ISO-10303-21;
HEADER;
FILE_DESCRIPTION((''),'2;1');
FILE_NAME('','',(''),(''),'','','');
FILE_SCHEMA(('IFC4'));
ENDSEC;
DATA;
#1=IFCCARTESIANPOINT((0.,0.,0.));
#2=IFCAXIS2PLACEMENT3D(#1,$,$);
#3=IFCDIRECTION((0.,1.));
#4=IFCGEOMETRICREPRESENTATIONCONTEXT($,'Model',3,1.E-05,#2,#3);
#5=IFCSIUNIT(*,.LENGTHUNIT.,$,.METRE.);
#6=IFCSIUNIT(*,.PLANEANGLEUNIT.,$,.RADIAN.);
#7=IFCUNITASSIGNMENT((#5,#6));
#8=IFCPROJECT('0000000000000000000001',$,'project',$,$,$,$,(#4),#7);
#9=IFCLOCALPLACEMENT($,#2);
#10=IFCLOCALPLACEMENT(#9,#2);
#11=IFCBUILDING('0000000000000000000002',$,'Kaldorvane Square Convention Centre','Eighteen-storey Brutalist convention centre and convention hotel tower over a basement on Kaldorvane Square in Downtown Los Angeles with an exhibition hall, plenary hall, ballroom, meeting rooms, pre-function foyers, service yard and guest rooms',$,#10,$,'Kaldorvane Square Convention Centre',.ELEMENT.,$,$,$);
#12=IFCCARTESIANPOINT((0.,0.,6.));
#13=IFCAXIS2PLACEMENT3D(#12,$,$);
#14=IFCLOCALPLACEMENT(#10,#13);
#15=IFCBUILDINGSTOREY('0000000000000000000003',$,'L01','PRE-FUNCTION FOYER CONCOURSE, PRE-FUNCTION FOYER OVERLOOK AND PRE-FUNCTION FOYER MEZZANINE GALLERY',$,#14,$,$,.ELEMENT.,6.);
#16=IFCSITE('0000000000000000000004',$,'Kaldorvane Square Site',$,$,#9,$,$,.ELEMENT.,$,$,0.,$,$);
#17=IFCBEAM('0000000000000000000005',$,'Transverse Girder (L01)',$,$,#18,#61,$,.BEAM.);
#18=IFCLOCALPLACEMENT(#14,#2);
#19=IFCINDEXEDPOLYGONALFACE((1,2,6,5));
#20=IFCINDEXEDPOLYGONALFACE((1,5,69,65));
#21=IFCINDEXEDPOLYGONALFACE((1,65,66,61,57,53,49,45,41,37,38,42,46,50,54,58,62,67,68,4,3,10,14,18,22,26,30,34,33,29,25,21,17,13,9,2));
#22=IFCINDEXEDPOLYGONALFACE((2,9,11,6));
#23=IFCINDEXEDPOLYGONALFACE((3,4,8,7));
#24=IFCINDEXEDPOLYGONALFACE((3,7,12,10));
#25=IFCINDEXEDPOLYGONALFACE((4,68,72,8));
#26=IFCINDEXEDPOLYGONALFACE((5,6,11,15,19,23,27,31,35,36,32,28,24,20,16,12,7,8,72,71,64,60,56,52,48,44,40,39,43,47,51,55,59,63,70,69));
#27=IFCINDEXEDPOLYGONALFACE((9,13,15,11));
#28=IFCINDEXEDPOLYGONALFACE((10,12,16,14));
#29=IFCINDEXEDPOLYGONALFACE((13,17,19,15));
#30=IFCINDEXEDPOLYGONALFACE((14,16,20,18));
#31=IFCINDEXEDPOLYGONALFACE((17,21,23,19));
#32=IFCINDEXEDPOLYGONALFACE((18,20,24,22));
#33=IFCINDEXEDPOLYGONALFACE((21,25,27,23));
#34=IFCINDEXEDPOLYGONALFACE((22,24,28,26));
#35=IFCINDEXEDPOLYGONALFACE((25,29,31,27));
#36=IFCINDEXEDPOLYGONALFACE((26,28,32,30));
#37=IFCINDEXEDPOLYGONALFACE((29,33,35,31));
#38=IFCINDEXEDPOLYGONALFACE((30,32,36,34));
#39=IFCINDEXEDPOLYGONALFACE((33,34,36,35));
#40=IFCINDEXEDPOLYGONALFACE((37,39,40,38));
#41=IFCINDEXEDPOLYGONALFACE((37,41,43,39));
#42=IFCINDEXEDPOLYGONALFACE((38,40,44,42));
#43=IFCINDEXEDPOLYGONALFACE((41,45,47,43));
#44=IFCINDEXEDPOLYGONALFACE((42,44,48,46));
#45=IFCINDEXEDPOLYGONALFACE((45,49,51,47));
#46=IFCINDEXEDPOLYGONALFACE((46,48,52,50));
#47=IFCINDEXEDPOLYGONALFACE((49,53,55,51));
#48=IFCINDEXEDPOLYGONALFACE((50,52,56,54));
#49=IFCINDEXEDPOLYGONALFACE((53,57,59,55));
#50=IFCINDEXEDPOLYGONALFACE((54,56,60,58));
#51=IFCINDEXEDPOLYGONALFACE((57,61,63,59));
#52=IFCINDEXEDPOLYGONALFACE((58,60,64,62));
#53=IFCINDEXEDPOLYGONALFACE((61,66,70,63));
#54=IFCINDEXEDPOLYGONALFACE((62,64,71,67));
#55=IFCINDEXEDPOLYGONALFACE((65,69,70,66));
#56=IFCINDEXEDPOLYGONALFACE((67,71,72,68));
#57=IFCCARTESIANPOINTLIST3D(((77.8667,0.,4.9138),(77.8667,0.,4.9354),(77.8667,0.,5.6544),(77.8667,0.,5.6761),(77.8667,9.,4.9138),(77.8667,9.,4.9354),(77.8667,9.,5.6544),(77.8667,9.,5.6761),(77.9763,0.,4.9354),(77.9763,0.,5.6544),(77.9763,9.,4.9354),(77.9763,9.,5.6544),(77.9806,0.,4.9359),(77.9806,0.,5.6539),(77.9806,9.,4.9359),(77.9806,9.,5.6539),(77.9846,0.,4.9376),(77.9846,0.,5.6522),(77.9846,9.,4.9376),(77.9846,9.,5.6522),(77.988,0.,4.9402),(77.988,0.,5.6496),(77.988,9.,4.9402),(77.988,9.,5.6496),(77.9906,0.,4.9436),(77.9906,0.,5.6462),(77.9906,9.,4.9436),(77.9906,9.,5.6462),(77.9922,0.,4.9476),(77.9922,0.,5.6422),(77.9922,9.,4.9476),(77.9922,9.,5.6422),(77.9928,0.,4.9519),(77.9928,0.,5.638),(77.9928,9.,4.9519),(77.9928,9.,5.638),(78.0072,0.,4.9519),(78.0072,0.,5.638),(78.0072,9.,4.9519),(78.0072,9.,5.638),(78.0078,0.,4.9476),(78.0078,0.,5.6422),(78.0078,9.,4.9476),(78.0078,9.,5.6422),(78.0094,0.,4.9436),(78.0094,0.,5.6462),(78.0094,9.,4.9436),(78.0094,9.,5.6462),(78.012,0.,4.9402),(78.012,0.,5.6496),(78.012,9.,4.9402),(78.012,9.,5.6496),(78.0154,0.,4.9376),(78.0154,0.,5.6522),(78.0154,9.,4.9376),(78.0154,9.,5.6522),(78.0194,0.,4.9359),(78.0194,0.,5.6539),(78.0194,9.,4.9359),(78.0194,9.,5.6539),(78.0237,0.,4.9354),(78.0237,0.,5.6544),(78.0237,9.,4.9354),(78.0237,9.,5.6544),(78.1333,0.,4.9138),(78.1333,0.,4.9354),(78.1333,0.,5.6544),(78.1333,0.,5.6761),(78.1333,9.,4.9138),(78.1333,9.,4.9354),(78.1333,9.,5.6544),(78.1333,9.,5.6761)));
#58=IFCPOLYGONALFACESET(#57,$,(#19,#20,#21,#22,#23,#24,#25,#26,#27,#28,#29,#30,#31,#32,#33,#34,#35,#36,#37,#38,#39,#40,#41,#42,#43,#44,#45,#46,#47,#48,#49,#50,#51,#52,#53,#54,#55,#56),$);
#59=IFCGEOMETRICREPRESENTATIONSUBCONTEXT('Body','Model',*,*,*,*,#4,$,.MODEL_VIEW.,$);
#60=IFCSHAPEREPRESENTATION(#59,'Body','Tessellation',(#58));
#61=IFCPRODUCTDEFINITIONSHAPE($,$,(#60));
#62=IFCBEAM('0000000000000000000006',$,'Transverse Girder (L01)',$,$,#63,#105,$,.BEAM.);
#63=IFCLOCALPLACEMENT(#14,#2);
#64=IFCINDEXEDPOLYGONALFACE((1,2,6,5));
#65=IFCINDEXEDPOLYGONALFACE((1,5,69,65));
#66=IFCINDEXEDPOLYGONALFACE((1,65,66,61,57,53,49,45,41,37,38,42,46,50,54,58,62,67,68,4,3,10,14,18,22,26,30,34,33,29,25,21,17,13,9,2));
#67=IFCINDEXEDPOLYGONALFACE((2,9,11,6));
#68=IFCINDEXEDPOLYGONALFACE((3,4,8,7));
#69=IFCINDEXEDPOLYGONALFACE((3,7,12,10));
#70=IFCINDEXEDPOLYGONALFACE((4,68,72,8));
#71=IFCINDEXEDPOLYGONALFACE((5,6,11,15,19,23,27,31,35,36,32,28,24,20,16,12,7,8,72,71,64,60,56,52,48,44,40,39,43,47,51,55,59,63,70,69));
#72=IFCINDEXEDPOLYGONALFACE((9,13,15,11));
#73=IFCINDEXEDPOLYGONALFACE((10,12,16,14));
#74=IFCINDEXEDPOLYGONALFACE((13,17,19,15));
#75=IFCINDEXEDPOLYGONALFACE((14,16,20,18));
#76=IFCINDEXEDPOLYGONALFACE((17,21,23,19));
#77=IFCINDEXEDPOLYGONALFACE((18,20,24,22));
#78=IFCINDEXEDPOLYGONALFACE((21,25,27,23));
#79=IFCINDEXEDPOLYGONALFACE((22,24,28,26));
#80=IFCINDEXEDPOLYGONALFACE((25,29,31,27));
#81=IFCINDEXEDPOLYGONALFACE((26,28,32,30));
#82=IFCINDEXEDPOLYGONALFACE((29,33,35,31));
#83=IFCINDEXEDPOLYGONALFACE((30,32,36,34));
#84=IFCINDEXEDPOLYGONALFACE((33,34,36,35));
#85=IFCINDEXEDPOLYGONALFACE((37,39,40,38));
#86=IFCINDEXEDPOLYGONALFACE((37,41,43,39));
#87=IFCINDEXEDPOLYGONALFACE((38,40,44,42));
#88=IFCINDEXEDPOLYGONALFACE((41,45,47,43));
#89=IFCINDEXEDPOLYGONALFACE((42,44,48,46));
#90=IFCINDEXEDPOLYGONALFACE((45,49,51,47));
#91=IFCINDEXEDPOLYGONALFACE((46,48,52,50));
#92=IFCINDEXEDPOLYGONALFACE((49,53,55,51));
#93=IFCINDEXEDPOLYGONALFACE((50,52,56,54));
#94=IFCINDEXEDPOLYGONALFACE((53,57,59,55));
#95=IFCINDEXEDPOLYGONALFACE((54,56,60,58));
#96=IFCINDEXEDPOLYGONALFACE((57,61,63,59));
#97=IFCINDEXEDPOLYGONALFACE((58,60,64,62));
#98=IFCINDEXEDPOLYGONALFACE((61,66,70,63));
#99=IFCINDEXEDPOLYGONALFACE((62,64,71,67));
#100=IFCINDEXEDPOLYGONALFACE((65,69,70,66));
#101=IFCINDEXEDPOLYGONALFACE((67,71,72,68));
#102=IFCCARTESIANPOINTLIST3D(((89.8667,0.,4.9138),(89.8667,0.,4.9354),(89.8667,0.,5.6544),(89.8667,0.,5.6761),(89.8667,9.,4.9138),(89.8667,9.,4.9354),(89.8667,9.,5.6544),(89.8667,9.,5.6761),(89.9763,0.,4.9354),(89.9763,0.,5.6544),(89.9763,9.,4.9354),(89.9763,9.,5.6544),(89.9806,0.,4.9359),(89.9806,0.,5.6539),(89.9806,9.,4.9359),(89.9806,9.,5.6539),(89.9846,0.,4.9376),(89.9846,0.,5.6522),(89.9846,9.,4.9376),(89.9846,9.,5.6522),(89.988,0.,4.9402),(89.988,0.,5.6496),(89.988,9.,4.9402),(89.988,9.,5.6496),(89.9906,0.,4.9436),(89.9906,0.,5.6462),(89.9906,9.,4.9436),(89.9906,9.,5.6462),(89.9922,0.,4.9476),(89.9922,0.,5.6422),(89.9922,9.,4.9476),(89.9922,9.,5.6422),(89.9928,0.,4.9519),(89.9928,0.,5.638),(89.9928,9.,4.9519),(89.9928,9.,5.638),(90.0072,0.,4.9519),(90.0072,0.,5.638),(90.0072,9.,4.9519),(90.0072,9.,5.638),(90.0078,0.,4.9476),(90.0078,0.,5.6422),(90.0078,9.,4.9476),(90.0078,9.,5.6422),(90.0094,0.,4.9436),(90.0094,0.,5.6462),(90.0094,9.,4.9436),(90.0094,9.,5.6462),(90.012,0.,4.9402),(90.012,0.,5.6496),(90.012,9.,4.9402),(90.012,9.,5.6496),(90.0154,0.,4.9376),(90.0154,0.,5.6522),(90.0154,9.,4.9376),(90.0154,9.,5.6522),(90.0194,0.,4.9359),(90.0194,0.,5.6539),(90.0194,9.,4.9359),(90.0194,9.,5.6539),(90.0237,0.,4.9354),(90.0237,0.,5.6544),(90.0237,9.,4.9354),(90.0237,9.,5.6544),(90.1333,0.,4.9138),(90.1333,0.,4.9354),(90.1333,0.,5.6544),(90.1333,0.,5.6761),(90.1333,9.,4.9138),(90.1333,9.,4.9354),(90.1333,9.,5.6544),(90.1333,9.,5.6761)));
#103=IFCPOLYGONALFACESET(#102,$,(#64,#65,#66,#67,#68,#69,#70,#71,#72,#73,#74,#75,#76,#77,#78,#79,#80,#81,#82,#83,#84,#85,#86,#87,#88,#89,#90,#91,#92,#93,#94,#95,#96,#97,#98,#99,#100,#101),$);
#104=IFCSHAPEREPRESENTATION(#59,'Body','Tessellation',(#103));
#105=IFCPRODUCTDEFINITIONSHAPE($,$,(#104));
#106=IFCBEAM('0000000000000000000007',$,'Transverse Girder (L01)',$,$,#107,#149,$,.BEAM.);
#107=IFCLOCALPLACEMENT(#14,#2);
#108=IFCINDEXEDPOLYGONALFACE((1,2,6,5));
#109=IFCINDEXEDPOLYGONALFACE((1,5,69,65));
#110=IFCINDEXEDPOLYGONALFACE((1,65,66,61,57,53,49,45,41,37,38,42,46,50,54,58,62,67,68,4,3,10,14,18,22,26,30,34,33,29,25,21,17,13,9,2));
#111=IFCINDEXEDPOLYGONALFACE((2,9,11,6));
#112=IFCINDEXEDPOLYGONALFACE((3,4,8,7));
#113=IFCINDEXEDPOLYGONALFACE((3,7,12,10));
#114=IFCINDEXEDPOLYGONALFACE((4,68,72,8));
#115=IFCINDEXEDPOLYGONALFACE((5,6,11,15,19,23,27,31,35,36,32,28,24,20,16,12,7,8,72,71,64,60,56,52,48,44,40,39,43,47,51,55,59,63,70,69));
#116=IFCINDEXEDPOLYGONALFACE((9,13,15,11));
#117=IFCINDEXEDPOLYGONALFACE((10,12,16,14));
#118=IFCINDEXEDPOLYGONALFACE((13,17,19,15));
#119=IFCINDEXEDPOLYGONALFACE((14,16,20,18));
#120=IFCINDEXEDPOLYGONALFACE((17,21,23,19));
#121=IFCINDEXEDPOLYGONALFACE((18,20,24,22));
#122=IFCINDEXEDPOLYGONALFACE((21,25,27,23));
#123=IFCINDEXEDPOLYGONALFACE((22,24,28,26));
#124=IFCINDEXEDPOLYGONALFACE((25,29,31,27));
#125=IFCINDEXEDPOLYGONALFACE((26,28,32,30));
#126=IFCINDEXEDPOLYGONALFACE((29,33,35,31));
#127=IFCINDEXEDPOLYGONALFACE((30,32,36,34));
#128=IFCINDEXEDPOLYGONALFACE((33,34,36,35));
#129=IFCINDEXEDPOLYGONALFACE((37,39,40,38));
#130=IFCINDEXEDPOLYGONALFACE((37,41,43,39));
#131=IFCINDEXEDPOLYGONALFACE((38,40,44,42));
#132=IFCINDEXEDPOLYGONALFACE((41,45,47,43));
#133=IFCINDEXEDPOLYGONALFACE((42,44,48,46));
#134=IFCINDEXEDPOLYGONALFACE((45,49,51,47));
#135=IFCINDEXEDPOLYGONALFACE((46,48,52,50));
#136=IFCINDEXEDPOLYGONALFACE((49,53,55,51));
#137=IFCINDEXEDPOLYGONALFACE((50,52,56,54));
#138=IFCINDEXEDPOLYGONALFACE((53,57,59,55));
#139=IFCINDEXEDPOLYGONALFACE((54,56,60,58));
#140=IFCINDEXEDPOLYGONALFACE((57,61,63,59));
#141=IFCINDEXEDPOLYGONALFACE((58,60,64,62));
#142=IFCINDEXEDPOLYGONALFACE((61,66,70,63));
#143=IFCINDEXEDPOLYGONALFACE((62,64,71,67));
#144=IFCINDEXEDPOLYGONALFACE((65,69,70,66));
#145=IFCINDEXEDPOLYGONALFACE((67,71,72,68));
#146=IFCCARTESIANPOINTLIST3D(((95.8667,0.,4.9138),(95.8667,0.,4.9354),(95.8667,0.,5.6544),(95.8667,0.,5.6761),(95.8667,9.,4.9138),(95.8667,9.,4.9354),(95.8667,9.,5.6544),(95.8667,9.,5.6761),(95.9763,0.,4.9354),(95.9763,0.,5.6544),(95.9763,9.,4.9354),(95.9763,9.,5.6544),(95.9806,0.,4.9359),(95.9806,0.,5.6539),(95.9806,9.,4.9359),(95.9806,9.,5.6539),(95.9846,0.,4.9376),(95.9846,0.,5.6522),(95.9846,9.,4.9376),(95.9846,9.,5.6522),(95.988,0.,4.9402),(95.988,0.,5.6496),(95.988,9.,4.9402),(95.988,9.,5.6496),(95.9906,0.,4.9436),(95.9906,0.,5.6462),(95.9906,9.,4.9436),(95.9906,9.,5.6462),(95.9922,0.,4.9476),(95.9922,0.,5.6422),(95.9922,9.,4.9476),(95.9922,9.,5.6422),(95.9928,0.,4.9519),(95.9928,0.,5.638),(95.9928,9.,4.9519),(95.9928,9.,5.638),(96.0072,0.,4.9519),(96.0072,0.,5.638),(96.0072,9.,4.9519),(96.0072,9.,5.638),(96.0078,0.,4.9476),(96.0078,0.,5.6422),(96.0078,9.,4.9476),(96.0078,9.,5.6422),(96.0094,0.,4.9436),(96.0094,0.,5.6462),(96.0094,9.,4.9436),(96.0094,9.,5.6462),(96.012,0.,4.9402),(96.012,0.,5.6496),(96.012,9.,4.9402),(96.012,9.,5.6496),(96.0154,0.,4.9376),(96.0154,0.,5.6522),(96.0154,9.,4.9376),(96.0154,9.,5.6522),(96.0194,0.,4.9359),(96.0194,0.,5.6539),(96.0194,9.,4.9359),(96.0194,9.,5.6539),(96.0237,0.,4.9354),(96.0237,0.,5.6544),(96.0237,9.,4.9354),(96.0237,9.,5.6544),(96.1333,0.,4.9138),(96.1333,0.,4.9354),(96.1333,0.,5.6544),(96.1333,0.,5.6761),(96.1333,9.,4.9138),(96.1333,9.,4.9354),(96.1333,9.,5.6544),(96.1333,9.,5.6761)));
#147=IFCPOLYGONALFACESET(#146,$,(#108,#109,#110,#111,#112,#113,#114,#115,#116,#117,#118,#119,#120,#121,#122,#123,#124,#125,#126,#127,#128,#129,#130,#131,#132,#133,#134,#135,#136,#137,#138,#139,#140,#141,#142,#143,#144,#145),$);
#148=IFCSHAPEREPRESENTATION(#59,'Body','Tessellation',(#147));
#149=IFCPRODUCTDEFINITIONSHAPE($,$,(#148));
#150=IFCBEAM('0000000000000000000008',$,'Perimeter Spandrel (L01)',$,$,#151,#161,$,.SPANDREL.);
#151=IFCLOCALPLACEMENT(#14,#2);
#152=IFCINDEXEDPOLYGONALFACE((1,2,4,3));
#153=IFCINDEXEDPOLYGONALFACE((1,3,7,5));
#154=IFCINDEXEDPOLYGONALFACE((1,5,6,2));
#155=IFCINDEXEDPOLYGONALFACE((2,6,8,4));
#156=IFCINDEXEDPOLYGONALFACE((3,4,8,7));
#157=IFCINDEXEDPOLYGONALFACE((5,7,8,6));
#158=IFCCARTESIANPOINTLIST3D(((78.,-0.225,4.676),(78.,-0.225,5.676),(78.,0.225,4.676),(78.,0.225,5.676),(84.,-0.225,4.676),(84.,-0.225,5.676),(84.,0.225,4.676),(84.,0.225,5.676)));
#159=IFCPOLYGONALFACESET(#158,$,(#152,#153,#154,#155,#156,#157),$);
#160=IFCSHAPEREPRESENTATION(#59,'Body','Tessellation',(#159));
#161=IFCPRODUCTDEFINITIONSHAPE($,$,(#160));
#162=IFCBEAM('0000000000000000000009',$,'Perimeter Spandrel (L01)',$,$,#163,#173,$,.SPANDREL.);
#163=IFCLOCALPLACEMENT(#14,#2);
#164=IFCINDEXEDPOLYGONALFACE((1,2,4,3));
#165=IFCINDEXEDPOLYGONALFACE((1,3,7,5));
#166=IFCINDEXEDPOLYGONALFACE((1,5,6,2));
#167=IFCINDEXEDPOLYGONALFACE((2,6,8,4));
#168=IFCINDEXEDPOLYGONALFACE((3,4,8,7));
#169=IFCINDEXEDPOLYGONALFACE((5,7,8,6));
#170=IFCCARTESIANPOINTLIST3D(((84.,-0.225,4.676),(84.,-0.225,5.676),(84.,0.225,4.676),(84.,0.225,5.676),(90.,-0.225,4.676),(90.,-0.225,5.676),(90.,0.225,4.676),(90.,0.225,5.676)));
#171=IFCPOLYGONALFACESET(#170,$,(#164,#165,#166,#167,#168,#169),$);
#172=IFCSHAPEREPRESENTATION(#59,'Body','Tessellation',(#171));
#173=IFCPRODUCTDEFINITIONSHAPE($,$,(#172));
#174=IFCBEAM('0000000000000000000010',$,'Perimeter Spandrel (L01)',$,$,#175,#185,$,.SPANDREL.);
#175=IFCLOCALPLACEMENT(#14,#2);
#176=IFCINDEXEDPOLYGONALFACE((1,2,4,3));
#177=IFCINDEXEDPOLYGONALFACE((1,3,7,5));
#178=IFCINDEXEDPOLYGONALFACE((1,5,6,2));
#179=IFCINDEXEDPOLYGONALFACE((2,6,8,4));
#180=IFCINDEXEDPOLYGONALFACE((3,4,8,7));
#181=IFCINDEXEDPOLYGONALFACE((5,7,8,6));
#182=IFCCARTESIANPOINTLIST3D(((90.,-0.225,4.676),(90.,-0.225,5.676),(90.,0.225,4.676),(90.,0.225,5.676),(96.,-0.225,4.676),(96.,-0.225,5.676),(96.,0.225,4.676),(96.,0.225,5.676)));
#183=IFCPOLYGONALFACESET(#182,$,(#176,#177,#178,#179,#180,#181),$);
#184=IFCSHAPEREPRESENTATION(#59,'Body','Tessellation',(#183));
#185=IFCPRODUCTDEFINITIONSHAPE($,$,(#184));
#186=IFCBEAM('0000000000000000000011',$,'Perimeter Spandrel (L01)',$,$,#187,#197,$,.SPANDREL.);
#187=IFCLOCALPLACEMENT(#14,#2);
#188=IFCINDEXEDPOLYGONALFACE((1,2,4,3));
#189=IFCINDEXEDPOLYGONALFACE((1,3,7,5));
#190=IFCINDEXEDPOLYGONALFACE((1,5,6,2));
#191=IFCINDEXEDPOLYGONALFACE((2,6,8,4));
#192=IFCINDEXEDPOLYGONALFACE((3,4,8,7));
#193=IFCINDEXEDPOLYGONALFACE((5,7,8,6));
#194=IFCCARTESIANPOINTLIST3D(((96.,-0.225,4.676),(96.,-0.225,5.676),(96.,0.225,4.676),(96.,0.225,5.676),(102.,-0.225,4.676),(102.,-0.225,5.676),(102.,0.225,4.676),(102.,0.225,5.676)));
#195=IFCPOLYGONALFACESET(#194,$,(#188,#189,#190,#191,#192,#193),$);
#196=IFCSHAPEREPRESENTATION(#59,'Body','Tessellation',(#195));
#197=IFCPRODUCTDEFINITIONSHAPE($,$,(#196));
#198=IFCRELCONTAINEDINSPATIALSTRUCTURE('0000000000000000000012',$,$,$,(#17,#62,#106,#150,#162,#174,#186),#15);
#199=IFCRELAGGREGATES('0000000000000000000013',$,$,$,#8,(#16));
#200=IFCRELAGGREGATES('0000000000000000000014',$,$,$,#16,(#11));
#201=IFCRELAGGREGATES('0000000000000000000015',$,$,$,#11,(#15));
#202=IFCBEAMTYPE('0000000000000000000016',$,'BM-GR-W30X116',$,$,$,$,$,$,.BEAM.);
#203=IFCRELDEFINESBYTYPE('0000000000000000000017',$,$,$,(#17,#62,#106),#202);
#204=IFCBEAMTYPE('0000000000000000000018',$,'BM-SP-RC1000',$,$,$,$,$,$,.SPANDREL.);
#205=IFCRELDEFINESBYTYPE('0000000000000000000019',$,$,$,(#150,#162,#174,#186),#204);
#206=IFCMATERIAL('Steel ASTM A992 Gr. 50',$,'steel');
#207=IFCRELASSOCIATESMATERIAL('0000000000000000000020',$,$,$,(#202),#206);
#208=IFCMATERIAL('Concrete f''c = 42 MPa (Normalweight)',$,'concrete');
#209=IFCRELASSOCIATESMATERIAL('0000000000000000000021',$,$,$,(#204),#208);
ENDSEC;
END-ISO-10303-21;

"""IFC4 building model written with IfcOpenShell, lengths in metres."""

from ifc_helpers import new_model, si_unit, direction, frame, origin, origin_2d, place, context, subcontext, project, spatial, rectangle, i_section, extrude, material, material_profile, profile_set, type_object, element, save


model = new_model("IFC4")

# Units and contexts
model_context = context("Model", 3, precision=1e-05, world=origin(), true_north=direction((0.0, 1.0)))
body_context = subcontext(model_context, "Body", "Model", "MODEL_VIEW")
ifc_project = project(units=[si_unit("LENGTHUNIT", "METRE"), si_unit("PLANEANGLEUNIT", "RADIAN")], contexts=[model_context])

# Site, building, storey
site_placement = place(None, origin())
site = spatial("IfcSite", under=ifc_project, at=site_placement, Name="Kaldorvane Square Site", CompositionType="ELEMENT", RefElevation=0.0)
building_placement = place(site_placement, origin())
building = spatial("IfcBuilding", under=site, at=building_placement, Name="Kaldorvane Square Convention Centre", Description="Eighteen-storey Brutalist convention centre and convention hotel tower over a basement on Kaldorvane Square in Downtown Los Angeles with an exhibition hall, plenary hall, ballroom, meeting rooms, pre-function foyers, service yard and guest rooms", LongName="Kaldorvane Square Convention Centre", CompositionType="ELEMENT")
storey_placement = place(building_placement, frame((0.0, 0.0, 6.0)))
storey = spatial("IfcBuildingStorey", under=building, at=storey_placement, Name="L01", Description="PRE-FUNCTION FOYER CONCOURSE, PRE-FUNCTION FOYER OVERLOOK AND PRE-FUNCTION FOYER MEZZANINE GALLERY", CompositionType="ELEMENT", Elevation=6.0)

# Shared definitions
ifc_material_1 = material(Name="Steel ASTM A992 Gr. 50", Category="steel")

# Beams
ifc_material_profile_1 = material_profile(ifc_material_1, i_section(OverallWidth=0.2666, OverallDepth=0.7623, WebThickness=0.0144, FlangeThickness=0.0216, FilletRadius=0.0165, at=origin_2d()), Name="W30X116")
ifc_profile_set_1 = profile_set([ifc_material_profile_1], Name="Steel ASTM A992 Gr. 50")
beam_type_1 = type_object("IfcBeamType", Name="BM-GR-W30X116", PredefinedType="BEAM", material=ifc_profile_set_1)
for number, where, z_axis, x_axis, name in (
    (1, (78.0, 0.0, 5.2949), (0.0, 1.0, 0.0), (-1.0, 0.0, 0.0), "Transverse Girder (L01)"),
    (2, (90.0, 0.0, 5.2949), (0.0, 1.0, 0.0), (-1.0, 0.0, 0.0), "Transverse Girder (L01)"),
    (3, (96.0, 0.0, 5.2949), (0.0, 1.0, 0.0), (-1.0, 0.0, 0.0), "Transverse Girder (L01)"),
):
    element("IfcBeam", number, at=place(storey_placement, frame(where, z_axis=z_axis, x_axis=x_axis)), inside=storey, type_object=beam_type_1, Name=name, PredefinedType="BEAM", context=body_context, shape_type="SweptSolid", body=[
        extrude(i_section(OverallWidth=0.2666, OverallDepth=0.7623, WebThickness=0.0144, FlangeThickness=0.0216, FilletRadius=0.0165, at=origin_2d()), origin(), (0.0, 0.0, 1.0), 9.0),
    ])
ifc_material_2 = material(Name="Concrete f'c = 42 MPa (Normalweight)", Category="concrete")
ifc_material_profile_2 = material_profile(ifc_material_2, rectangle(XDim=0.45, YDim=1.0, at=origin_2d()), Name="RCSP1000X450")
ifc_profile_set_2 = profile_set([ifc_material_profile_2], Name="Concrete f'c = 42 MPa (Normalweight)")
beam_type_2 = type_object("IfcBeamType", Name="BM-SP-RC1000", PredefinedType="SPANDREL", material=ifc_profile_set_2)
for number, where, z_axis, x_axis, name in (
    (4, (78.0, 0.0, 5.176), (1.0, 0.0, 0.0), (0.0, 1.0, 0.0), "Perimeter Spandrel (L01)"),
    (5, (84.0, 0.0, 5.176), (1.0, 0.0, 0.0), (0.0, 1.0, 0.0), "Perimeter Spandrel (L01)"),
    (6, (90.0, 0.0, 5.176), (1.0, 0.0, 0.0), (0.0, 1.0, 0.0), "Perimeter Spandrel (L01)"),
    (7, (96.0, 0.0, 5.176), (1.0, 0.0, 0.0), (0.0, 1.0, 0.0), "Perimeter Spandrel (L01)"),
):
    element("IfcBeam", number, at=place(storey_placement, frame(where, z_axis=z_axis, x_axis=x_axis)), inside=storey, type_object=beam_type_2, Name=name, PredefinedType="SPANDREL", context=body_context, shape_type="SweptSolid", body=[
        extrude(rectangle(XDim=0.45, YDim=1.0, at=origin_2d()), origin(), (0.0, 0.0, 1.0), 6.0),
    ])

save(model, "model.ifc")
